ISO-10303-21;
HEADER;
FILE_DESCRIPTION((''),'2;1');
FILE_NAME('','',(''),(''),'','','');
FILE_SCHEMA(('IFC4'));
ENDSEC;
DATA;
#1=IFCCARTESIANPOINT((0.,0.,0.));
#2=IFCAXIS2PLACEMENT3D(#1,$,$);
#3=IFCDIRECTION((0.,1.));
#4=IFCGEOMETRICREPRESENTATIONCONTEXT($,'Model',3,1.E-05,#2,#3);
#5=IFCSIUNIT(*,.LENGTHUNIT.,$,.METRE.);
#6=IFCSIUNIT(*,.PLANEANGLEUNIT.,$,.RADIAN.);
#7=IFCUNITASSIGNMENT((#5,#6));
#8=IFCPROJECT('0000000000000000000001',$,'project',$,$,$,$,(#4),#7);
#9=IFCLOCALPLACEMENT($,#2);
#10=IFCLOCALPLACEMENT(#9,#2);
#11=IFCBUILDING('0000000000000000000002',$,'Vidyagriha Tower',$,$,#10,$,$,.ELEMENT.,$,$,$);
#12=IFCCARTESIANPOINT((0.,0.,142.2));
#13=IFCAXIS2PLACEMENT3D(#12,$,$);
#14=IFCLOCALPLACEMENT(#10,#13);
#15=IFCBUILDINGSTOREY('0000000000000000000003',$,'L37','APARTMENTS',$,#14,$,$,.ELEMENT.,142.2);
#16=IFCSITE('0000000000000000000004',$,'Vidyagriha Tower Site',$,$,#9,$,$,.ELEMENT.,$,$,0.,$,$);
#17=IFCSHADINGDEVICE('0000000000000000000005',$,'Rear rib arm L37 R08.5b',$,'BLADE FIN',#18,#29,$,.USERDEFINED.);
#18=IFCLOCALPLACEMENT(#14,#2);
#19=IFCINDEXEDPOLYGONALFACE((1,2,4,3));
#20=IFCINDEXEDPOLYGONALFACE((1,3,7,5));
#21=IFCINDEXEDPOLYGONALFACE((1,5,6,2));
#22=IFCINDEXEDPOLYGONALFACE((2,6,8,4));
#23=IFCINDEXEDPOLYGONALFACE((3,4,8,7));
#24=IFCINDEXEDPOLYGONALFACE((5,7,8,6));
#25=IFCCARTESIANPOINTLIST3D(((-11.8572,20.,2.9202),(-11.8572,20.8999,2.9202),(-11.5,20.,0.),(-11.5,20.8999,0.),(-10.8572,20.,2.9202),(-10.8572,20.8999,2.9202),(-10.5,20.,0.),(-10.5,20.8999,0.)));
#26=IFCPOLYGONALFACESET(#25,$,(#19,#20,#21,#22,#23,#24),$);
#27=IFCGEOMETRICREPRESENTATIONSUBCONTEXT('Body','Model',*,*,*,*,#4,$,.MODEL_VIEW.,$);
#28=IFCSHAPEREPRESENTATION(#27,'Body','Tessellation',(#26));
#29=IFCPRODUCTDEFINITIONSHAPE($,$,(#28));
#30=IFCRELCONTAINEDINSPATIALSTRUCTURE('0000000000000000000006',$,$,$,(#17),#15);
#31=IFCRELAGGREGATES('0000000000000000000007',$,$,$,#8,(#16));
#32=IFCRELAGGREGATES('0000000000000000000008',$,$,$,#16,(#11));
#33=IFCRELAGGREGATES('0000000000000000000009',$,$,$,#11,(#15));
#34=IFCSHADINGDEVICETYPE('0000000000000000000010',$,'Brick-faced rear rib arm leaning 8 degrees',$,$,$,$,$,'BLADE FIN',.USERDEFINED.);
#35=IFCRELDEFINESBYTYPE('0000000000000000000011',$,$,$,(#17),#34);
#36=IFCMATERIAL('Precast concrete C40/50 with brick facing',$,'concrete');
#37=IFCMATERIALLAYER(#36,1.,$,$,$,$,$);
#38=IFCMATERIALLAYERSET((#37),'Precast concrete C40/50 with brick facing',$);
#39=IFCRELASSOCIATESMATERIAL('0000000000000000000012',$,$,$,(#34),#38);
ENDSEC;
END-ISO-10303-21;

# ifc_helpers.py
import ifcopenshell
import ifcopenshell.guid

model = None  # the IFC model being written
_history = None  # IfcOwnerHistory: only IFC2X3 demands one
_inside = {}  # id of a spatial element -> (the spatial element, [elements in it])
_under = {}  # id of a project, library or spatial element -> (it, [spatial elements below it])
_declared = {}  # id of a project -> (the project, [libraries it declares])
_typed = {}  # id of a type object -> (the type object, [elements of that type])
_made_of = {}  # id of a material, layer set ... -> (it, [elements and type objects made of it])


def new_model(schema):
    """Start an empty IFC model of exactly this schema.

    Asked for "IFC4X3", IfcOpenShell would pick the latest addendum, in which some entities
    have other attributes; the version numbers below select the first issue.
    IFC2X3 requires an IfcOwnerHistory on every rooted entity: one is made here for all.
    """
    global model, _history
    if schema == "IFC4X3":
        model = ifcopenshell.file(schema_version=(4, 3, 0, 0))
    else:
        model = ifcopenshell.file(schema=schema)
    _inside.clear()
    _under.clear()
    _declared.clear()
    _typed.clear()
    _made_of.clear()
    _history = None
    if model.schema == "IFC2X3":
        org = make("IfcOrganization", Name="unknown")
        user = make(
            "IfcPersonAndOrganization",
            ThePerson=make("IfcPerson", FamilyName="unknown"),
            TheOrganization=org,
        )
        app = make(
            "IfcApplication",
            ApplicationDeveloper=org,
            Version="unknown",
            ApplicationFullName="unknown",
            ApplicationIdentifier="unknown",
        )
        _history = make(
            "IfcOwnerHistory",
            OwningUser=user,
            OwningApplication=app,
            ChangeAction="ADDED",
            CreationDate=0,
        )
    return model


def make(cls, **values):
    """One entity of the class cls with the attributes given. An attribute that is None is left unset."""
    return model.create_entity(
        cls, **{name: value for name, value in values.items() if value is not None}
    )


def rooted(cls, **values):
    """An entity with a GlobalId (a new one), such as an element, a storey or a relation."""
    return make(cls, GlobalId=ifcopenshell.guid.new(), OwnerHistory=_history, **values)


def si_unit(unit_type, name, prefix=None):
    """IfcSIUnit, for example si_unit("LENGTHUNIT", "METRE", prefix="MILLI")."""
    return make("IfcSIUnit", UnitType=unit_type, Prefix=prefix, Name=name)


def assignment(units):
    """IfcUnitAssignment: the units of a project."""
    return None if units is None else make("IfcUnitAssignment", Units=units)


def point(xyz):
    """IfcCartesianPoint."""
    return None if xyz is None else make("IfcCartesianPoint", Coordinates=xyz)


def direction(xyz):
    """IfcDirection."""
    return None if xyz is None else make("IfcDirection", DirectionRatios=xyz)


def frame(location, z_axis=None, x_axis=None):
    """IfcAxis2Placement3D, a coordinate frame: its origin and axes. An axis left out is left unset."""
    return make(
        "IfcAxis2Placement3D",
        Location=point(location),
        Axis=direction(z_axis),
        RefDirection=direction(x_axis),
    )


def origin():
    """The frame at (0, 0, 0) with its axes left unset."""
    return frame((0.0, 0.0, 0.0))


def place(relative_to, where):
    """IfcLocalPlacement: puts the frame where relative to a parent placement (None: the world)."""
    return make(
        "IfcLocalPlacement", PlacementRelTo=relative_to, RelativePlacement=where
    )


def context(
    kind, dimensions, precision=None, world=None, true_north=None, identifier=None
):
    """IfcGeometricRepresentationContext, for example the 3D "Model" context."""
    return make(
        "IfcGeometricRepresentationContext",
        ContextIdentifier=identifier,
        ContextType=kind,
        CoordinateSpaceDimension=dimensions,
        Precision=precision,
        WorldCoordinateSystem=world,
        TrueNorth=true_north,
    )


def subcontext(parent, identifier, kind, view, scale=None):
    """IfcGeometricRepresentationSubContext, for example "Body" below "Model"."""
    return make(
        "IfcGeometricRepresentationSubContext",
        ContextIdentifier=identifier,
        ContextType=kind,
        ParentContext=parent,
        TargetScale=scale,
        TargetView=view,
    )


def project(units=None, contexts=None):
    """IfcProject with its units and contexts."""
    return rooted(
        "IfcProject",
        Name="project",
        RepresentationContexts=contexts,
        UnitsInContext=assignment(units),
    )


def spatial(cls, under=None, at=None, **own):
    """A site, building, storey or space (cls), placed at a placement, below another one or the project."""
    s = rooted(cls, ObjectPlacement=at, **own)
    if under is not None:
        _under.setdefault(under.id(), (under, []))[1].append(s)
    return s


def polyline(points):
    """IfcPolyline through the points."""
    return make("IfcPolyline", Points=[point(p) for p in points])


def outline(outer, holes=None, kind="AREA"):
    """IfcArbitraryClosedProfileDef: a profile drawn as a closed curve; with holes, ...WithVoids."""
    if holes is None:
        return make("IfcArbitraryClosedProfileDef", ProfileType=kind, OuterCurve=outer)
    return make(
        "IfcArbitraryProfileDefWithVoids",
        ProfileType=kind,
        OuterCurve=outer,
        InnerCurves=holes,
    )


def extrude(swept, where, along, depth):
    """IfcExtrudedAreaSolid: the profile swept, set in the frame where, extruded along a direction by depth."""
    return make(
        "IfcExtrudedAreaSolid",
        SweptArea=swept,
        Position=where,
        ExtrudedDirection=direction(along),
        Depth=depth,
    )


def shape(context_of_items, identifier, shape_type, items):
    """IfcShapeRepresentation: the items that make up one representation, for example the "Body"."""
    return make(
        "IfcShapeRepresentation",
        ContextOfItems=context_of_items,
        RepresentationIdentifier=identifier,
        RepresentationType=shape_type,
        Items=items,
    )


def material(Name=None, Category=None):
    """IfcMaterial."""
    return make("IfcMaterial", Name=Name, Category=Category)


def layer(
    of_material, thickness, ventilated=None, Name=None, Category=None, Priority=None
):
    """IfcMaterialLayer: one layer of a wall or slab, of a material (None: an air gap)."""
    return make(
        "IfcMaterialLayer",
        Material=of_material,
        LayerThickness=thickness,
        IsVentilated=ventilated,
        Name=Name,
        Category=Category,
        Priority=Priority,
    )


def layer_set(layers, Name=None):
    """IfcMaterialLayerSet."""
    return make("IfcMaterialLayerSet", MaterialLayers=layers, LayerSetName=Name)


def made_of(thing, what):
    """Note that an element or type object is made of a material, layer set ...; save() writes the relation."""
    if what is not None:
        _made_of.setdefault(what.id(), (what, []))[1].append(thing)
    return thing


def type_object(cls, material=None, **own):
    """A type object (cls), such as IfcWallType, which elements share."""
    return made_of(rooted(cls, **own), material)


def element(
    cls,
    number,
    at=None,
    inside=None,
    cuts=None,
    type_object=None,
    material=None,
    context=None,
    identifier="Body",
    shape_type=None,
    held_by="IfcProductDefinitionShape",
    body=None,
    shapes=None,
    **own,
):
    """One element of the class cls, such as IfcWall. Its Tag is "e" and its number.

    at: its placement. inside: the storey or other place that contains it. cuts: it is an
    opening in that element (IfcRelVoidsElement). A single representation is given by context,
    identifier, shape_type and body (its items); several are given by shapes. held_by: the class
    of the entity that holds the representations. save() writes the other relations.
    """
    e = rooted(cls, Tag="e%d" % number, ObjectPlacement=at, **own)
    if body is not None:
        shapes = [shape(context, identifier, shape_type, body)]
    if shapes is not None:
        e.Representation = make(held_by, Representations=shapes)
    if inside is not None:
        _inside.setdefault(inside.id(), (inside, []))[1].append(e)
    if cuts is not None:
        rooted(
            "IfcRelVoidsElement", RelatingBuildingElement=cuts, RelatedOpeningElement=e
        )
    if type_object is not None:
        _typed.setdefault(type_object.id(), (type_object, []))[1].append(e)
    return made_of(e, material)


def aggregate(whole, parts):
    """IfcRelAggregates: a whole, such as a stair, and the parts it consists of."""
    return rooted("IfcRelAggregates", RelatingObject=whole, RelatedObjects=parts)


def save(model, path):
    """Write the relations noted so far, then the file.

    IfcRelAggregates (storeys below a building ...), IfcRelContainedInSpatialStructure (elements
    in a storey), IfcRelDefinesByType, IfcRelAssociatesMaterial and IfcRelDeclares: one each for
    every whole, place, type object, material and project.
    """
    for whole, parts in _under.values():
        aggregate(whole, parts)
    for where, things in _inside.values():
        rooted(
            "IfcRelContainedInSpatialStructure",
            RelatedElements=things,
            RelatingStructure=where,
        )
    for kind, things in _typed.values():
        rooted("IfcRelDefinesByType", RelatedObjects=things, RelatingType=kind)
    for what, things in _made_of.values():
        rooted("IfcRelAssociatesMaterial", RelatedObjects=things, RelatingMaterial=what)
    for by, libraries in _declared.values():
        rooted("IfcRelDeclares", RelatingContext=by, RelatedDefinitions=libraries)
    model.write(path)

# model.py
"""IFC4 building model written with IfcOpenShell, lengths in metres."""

from ifc_helpers import new_model, si_unit, direction, frame, origin, place, context, subcontext, project, spatial, polyline, outline, extrude, material, layer, layer_set, type_object, element, save


model = new_model("IFC4")

# Units and contexts
model_context = context("Model", 3, precision=1e-05, world=origin(), true_north=direction((0.0, 1.0)))
body_context = subcontext(model_context, "Body", "Model", "MODEL_VIEW")
ifc_project = project(units=[si_unit("LENGTHUNIT", "METRE"), si_unit("PLANEANGLEUNIT", "RADIAN")], contexts=[model_context])

# Site, building, storey
site_placement = place(None, origin())
site = spatial("IfcSite", under=ifc_project, at=site_placement, Name="Vidyagriha Tower Site", CompositionType="ELEMENT", RefElevation=0.0)
building_placement = place(site_placement, origin())
building = spatial("IfcBuilding", under=site, at=building_placement, Name="Vidyagriha Tower", CompositionType="ELEMENT")
storey_placement = place(building_placement, frame((0.0, 0.0, 142.2)))
storey = spatial("IfcBuildingStorey", under=building, at=storey_placement, Name="L37", Description="APARTMENTS", CompositionType="ELEMENT", Elevation=142.2)

# Shading device
ifc_material_1 = material(Name="Precast concrete C40/50 with brick facing", Category="concrete")
ifc_layer_1 = layer(ifc_material_1, 1.0)
ifc_layer_set_1 = layer_set([ifc_layer_1], Name="Precast concrete C40/50 with brick facing")
shading_device_type = type_object("IfcShadingDeviceType", Name="Brick-faced rear rib arm leaning 8 degrees", ElementType="BLADE FIN", PredefinedType="USERDEFINED", material=ifc_layer_set_1)
shading_device_1_placement = place(storey_placement, frame((-10.5, 20.45, 0.0), z_axis=(0.0, 0.0, 1.0), x_axis=(-1.0, 0.0, 0.0)))
element("IfcShadingDevice", 1, at=shading_device_1_placement, inside=storey, type_object=shading_device_type, Name="Rear rib arm L37 R08.5b", ObjectType="BLADE FIN", PredefinedType="USERDEFINED", context=body_context, shape_type="SweptSolid", body=[
    extrude(outline(polyline([(0.0, 0.0), (1.0, 0.0), (1.3572, 2.9202), (0.3572, 2.9202), (0.0, 0.0)])), frame((0.0, 0.45, 0.0), z_axis=(0.0, -1.0, 0.0), x_axis=(1.0, 0.0, 0.0)), (0.0, 0.0, 1.0), 0.8999),
])

save(model, "model.ifc")
